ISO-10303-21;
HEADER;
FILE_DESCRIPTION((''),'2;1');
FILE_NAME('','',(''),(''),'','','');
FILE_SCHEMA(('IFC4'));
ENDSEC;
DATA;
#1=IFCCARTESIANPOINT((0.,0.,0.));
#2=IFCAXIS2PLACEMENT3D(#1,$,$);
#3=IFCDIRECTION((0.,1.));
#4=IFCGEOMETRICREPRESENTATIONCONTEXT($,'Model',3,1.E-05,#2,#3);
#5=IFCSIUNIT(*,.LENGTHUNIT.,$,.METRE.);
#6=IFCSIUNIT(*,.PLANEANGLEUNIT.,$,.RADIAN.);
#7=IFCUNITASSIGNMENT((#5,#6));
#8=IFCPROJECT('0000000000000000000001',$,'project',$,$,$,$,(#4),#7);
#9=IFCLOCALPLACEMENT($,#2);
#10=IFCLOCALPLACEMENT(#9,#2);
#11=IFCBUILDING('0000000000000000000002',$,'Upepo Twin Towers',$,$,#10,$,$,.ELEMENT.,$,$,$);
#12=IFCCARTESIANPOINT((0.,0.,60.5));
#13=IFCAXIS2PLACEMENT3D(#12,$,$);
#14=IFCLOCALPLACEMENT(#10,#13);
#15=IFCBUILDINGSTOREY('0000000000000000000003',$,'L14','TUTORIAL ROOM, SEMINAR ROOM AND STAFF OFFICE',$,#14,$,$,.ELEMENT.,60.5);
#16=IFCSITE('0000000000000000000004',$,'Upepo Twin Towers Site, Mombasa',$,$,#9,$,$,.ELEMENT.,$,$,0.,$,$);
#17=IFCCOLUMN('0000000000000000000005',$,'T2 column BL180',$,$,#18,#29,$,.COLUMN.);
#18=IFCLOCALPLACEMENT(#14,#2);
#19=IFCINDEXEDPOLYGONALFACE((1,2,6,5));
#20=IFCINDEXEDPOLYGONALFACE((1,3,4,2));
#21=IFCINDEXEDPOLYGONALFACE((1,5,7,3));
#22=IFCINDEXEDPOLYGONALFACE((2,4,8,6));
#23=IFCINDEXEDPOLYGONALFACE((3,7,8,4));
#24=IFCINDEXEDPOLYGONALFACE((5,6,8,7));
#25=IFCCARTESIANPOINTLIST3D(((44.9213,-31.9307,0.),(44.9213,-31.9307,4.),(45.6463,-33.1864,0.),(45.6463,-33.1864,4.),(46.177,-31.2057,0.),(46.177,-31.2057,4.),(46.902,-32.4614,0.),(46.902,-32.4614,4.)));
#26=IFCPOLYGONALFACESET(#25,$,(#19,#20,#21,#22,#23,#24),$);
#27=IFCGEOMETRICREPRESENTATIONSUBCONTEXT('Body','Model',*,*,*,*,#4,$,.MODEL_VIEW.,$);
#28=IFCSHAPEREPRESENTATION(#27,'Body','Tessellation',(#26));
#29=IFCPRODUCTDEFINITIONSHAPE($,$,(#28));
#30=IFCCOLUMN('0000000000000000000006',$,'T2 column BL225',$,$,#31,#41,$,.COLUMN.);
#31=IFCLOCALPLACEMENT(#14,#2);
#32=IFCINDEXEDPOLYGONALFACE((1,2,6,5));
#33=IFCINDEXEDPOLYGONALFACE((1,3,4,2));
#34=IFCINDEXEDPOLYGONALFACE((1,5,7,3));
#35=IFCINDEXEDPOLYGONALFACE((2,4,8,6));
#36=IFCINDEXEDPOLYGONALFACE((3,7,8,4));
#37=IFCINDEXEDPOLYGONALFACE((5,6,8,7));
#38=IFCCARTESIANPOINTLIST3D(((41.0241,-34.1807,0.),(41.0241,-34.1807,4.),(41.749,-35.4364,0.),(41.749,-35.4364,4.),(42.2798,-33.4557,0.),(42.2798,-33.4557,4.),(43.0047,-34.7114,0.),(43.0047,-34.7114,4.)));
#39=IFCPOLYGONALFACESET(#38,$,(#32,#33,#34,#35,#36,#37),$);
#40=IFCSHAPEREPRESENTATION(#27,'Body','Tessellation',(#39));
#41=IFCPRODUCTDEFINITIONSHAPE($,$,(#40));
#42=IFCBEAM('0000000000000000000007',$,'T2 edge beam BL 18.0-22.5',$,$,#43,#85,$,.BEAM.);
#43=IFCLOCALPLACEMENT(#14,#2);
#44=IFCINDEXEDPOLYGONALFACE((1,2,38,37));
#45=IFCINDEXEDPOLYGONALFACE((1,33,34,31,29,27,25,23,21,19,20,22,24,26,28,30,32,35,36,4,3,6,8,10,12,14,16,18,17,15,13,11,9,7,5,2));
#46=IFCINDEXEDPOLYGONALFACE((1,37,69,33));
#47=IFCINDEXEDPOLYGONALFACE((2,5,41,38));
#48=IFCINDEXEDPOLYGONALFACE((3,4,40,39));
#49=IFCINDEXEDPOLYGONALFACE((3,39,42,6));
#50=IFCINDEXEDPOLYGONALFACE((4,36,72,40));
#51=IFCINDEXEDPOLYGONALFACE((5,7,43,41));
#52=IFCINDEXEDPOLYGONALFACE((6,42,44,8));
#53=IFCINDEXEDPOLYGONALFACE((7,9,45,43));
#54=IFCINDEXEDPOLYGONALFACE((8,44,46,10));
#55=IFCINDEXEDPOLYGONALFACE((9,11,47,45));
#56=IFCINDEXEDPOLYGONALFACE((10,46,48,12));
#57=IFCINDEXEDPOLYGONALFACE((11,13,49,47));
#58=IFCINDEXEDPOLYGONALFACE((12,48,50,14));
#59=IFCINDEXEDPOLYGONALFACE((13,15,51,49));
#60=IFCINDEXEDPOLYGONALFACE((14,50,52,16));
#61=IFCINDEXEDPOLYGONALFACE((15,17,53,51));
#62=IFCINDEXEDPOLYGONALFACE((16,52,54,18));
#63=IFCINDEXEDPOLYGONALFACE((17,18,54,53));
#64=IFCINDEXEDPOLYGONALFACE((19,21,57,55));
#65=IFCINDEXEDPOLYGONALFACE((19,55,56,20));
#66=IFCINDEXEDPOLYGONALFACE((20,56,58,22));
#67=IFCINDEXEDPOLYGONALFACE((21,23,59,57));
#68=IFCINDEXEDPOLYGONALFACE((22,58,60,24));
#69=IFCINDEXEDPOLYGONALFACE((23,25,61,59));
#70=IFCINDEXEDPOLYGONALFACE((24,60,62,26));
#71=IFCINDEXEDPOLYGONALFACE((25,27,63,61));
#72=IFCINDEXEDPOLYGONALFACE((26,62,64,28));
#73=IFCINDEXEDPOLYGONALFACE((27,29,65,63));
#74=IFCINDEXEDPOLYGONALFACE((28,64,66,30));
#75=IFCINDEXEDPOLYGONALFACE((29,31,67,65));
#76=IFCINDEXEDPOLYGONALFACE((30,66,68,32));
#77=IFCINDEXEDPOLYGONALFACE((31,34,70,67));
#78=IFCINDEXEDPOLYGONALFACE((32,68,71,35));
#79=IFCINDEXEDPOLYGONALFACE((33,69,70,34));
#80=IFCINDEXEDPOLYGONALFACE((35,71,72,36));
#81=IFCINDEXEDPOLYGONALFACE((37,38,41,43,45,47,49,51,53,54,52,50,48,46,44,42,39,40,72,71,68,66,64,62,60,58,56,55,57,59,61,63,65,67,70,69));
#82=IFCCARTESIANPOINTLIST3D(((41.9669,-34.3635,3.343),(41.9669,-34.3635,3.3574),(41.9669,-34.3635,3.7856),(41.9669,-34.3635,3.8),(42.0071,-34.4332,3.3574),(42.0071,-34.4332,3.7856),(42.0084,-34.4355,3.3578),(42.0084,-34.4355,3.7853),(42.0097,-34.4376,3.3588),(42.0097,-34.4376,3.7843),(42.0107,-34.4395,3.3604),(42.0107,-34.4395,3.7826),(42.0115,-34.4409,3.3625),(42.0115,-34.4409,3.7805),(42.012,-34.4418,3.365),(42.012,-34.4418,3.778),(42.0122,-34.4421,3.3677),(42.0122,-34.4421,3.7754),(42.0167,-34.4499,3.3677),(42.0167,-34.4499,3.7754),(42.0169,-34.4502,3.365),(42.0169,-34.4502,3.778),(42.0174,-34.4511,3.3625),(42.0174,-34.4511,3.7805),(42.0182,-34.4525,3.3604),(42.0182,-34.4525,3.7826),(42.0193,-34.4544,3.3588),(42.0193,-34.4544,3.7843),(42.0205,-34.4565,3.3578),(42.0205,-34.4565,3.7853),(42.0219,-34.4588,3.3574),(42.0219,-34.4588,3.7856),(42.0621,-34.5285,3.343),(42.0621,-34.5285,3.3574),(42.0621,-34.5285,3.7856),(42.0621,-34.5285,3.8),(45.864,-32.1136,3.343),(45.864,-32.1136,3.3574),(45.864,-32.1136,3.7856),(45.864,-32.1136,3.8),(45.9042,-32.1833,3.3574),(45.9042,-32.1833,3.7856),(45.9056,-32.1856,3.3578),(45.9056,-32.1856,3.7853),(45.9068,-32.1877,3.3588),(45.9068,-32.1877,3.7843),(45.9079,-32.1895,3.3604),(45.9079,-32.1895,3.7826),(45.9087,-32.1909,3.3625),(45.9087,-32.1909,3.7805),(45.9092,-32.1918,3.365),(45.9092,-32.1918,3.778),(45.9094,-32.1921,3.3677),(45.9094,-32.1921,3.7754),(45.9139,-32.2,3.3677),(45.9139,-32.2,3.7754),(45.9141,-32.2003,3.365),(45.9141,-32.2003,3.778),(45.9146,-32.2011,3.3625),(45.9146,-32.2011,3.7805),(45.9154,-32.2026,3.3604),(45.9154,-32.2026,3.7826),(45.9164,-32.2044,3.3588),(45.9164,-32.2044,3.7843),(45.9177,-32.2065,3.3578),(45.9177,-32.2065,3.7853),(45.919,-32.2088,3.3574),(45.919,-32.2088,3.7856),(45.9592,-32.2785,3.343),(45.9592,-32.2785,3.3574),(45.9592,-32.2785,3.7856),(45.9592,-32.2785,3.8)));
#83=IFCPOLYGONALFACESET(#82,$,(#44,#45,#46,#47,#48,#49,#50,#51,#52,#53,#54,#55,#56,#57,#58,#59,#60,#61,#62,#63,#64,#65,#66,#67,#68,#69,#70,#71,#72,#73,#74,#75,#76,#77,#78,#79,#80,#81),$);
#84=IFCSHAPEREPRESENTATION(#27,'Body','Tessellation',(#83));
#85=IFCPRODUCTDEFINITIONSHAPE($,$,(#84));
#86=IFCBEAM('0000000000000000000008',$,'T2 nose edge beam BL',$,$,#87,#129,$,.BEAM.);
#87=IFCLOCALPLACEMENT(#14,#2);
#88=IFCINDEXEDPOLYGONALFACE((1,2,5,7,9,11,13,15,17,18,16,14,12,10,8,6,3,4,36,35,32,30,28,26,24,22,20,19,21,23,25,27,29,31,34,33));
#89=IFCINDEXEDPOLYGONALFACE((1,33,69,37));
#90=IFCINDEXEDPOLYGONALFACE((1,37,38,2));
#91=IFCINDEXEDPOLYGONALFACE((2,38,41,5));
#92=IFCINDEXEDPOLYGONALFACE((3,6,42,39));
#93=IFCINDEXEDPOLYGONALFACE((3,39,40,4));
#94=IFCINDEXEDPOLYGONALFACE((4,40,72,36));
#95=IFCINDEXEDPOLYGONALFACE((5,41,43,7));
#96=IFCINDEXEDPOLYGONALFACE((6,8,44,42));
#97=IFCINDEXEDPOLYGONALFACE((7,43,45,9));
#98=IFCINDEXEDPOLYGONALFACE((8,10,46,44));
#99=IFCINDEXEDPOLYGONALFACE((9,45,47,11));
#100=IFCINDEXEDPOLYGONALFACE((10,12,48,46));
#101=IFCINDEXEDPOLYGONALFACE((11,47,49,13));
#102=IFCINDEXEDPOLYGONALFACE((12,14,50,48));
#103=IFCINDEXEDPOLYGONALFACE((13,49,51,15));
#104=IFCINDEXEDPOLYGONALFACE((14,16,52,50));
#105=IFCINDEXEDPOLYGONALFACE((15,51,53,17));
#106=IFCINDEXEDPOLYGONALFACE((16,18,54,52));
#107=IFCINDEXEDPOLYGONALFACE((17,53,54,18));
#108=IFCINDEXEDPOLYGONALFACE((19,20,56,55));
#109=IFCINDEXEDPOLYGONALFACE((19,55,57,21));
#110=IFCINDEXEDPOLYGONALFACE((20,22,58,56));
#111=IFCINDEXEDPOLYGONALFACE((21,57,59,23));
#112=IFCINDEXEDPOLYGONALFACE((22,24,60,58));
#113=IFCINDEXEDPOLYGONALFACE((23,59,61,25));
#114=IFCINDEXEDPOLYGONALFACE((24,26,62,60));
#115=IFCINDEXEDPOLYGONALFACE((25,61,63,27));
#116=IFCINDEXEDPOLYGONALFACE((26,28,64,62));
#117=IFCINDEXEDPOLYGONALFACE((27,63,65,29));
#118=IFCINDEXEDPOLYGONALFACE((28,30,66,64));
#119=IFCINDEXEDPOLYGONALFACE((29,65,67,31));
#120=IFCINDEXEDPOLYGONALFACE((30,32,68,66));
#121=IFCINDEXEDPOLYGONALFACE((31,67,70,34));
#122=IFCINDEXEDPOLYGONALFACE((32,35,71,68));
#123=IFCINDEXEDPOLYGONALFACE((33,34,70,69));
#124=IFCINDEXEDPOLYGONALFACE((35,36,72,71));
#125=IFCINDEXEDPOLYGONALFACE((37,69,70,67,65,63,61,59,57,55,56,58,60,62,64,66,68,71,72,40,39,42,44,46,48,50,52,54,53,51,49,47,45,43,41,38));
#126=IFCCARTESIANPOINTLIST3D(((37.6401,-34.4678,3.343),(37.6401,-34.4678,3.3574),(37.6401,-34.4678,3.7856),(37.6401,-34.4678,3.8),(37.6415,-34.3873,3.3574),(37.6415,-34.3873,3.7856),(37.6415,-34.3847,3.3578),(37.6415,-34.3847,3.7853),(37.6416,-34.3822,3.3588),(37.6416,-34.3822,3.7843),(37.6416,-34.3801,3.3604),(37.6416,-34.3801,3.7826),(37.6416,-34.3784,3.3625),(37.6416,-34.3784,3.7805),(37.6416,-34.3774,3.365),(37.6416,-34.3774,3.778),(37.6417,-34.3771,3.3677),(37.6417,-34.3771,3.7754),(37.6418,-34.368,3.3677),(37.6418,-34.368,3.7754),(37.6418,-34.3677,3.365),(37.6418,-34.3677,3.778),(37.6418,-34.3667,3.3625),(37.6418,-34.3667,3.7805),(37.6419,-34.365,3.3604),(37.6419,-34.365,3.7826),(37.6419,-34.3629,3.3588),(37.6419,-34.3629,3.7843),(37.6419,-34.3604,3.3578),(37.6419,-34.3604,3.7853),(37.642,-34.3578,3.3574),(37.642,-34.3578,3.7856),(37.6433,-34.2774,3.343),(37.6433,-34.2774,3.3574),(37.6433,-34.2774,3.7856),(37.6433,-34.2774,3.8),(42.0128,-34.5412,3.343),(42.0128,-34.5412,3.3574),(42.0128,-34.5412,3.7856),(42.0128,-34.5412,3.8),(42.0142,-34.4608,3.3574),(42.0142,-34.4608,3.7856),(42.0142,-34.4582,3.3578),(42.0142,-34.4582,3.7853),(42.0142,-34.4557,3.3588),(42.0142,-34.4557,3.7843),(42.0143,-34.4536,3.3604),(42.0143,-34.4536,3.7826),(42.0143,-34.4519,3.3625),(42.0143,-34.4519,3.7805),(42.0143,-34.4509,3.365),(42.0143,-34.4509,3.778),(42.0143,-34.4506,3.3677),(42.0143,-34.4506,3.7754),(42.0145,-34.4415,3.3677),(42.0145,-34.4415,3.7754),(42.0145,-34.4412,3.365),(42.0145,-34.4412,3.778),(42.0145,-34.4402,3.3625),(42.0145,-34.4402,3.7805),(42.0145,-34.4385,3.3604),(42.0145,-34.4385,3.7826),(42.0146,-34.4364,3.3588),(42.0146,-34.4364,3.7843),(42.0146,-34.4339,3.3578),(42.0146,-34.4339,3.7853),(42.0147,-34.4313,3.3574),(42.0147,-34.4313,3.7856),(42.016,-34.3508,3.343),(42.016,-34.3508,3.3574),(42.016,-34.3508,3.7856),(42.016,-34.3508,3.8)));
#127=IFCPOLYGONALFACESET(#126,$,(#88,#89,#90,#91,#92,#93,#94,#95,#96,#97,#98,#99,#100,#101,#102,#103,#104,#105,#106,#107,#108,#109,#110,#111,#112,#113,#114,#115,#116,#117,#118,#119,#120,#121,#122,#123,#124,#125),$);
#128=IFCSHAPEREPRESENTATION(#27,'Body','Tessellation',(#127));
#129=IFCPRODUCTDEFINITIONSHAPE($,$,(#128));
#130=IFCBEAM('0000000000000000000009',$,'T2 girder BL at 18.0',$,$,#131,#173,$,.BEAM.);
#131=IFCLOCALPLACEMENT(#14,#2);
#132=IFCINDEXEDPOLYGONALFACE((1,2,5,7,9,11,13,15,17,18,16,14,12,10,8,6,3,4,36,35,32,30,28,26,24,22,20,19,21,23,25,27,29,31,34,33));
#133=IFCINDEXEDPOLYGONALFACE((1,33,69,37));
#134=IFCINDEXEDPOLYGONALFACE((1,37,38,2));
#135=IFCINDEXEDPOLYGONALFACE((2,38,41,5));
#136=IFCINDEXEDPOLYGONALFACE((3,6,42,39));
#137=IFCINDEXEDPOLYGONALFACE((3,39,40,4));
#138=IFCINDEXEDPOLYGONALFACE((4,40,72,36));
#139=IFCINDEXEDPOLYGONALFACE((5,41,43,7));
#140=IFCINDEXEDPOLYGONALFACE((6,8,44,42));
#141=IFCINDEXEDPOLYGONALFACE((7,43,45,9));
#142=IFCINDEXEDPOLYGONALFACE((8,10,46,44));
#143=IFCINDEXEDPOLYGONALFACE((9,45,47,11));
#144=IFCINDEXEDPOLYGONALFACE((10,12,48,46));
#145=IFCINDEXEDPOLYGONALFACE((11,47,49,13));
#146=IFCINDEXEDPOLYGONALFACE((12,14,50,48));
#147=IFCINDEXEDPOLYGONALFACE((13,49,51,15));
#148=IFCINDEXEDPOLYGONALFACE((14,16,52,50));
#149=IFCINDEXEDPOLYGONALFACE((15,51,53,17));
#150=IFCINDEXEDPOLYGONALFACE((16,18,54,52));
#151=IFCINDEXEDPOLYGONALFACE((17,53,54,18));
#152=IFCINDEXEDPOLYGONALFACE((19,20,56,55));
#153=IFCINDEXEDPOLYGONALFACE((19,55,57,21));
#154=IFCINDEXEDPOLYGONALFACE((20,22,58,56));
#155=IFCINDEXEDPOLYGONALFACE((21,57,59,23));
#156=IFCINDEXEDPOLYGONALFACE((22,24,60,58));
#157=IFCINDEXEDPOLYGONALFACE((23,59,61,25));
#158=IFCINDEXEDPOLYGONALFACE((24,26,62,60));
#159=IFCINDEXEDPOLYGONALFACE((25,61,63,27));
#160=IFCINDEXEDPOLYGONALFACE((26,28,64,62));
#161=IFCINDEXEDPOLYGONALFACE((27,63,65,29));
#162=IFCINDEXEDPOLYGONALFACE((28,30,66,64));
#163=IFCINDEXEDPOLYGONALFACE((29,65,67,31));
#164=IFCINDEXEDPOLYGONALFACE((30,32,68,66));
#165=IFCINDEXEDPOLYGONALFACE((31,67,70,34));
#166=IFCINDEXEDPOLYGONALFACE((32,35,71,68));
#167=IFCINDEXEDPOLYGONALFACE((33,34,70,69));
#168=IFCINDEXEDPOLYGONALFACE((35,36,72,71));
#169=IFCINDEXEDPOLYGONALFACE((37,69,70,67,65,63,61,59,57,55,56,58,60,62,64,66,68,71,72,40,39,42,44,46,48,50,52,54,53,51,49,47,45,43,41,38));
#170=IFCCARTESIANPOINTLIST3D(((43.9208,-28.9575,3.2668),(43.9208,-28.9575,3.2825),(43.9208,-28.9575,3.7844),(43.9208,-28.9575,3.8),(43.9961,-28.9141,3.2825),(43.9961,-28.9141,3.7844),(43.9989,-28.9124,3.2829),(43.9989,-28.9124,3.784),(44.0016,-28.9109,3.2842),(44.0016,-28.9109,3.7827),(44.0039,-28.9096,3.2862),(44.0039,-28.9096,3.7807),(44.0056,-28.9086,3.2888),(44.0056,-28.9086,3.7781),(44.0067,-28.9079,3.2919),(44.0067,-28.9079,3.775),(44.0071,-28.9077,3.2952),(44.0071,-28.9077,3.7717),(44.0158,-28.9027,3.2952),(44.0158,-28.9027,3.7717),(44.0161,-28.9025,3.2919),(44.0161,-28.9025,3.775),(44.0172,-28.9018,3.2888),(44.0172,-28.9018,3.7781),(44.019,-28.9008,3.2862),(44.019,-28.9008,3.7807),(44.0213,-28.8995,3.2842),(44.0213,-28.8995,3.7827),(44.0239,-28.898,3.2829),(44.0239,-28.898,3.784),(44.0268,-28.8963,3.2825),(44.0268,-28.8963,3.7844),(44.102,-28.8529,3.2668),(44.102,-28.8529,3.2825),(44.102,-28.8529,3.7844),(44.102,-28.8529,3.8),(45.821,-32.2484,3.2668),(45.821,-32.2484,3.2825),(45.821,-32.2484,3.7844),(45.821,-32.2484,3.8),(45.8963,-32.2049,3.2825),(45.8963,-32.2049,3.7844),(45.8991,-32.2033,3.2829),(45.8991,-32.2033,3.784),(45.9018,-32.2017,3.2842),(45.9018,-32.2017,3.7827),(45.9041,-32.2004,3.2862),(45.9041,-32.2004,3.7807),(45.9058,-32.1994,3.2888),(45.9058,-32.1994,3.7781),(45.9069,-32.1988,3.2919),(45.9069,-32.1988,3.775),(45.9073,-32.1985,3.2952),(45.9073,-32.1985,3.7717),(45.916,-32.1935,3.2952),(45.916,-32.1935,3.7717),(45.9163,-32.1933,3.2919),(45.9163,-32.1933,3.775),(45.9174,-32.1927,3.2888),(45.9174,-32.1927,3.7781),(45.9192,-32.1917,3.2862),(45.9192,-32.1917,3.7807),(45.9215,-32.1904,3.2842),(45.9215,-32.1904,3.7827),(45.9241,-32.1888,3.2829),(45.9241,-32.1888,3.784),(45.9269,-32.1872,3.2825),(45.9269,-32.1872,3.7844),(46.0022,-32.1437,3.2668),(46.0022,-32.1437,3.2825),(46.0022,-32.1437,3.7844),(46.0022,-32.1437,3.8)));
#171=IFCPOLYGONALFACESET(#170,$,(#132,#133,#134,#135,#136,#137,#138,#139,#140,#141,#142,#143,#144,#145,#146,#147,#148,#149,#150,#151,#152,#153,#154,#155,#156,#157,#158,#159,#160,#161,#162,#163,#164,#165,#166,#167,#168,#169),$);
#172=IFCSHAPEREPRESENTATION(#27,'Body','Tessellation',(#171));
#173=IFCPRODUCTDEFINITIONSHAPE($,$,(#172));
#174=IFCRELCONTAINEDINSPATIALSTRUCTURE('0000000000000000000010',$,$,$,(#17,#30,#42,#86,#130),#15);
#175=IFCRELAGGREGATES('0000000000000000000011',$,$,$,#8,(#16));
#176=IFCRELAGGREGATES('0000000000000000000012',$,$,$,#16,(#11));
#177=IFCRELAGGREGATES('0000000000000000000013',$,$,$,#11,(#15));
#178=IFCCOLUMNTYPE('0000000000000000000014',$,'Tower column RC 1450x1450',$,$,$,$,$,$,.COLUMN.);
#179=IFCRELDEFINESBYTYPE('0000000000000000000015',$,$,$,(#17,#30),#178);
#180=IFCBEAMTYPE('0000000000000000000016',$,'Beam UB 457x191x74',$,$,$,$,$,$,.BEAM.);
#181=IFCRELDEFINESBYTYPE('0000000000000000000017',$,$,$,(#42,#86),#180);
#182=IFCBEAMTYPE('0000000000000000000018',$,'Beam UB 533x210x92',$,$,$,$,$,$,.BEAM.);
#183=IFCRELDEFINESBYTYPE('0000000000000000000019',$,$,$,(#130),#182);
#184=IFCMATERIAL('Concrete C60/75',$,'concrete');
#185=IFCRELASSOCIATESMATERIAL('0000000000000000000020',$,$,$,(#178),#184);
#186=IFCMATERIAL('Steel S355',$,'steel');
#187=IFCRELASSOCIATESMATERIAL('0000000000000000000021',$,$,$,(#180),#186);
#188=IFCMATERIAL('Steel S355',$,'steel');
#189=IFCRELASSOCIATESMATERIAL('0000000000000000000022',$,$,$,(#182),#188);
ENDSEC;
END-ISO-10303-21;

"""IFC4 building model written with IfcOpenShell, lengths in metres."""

from ifc_helpers import new_model, si_unit, direction, frame, origin, origin_2d, place, context, subcontext, project, spatial, rectangle, i_section, extrude, material, material_profile, profile_set, type_object, element, save


model = new_model("IFC4")

# Units and contexts
model_context = context("Model", 3, precision=1e-05, world=origin(), true_north=direction((0.0, 1.0)))
body_context = subcontext(model_context, "Body", "Model", "MODEL_VIEW")
ifc_project = project(units=[si_unit("LENGTHUNIT", "METRE"), si_unit("PLANEANGLEUNIT", "RADIAN")], contexts=[model_context])

# Site, building, storey
site_placement = place(None, origin())
site = spatial("IfcSite", under=ifc_project, at=site_placement, Name="Upepo Twin Towers Site, Mombasa", CompositionType="ELEMENT", RefElevation=0.0)
building_placement = place(site_placement, origin())
building = spatial("IfcBuilding", under=site, at=building_placement, Name="Upepo Twin Towers", CompositionType="ELEMENT")
storey_placement = place(building_placement, frame((0.0, 0.0, 60.5)))
storey = spatial("IfcBuildingStorey", under=building, at=storey_placement, Name="L14", Description="TUTORIAL ROOM, SEMINAR ROOM AND STAFF OFFICE", CompositionType="ELEMENT", Elevation=60.5)

# Columns
ifc_material_1 = material(Name="Concrete C60/75", Category="concrete")
ifc_material_profile_1 = material_profile(ifc_material_1, rectangle(XDim=1.45, YDim=1.45, at=origin_2d()), Name="RC 1450x1450")
ifc_profile_set_1 = profile_set([ifc_material_profile_1], Name="Concrete C60/75")
column_type = type_object("IfcColumnType", Name="Tower column RC 1450x1450", PredefinedType="COLUMN", material=ifc_profile_set_1)
for number, where, z_axis, x_axis, name in (
    (1, (45.9116, -32.196, 0.0), (0.0, 0.0, 1.0), (0.866025, 0.5, 0.0), "T2 column BL180"),
    (2, (42.0144, -34.446, 0.0), (0.0, 0.0, 1.0), (0.866025, 0.5, 0.0), "T2 column BL225"),
):
    element("IfcColumn", number, at=place(storey_placement, frame(where, z_axis=z_axis, x_axis=x_axis)), inside=storey, type_object=column_type, Name=name, PredefinedType="COLUMN", context=body_context, shape_type="SweptSolid", body=[
        extrude(rectangle(XDim=1.45, YDim=1.45, at=origin_2d()), origin(), (0.0, 0.0, 1.0), 4.0),
    ])

# Beams
ifc_material_2 = material(Name="Steel S355", Category="steel")
ifc_material_profile_2 = material_profile(ifc_material_2, i_section(OverallWidth=0.1904, OverallDepth=0.457, WebThickness=0.009, FlangeThickness=0.0144, FilletRadius=0.0103, at=origin_2d()), Name="UB 457x191x74")
ifc_profile_set_2 = profile_set([ifc_material_profile_2], Name="Steel S355")
beam_type_1 = type_object("IfcBeamType", Name="Beam UB 457x191x74", PredefinedType="BEAM", material=ifc_profile_set_2)
beam_1_placement = place(storey_placement, frame((45.9116, -32.196, 3.5715), z_axis=(-0.866031, -0.49999, 0.0), x_axis=(0.49999, -0.866031, 0.0)))
element("IfcBeam", 3, at=beam_1_placement, inside=storey, type_object=beam_type_1, Name="T2 edge beam BL 18.0-22.5", PredefinedType="BEAM", context=body_context, shape_type="SweptSolid", body=[
    extrude(i_section(OverallWidth=0.1904, OverallDepth=0.457, WebThickness=0.009, FlangeThickness=0.0144, FilletRadius=0.0103, at=origin_2d()), origin(), (0.0, 0.0, 1.0), 4.5),
])
beam_2_placement = place(storey_placement, frame((42.0144, -34.446, 3.5715), z_axis=(-0.999859, 0.016804, 0.0), x_axis=(-0.016804, -0.999859, 0.0)))
element("IfcBeam", 4, at=beam_2_placement, inside=storey, type_object=beam_type_1, Name="T2 nose edge beam BL", PredefinedType="BEAM", context=body_context, shape_type="SweptSolid", body=[
    extrude(i_section(OverallWidth=0.1904, OverallDepth=0.457, WebThickness=0.009, FlangeThickness=0.0144, FilletRadius=0.0103, at=origin_2d()), origin(), (0.0, 0.0, 1.0), 4.3733),
])
ifc_material_3 = material(Name="Steel S355", Category="steel")
ifc_material_profile_3 = material_profile(ifc_material_3, i_section(OverallWidth=0.2092, OverallDepth=0.5332, WebThickness=0.01, FlangeThickness=0.0156, FilletRadius=0.0127, at=origin_2d()), Name="UB 533x210x92")
ifc_profile_set_3 = profile_set([ifc_material_profile_3], Name="Steel S355")
beam_type_2 = type_object("IfcBeamType", Name="Beam UB 533x210x92", PredefinedType="BEAM", material=ifc_profile_set_3)
beam_3_placement = place(storey_placement, frame((45.9116, -32.196, 3.5334), z_axis=(-0.500043, 0.866, 0.0), x_axis=(-0.866, -0.500043, 0.0)))
element("IfcBeam", 5, at=beam_3_placement, inside=storey, type_object=beam_type_2, Name="T2 girder BL at 18.0", PredefinedType="BEAM", context=body_context, shape_type="SweptSolid", body=[
    extrude(i_section(OverallWidth=0.2092, OverallDepth=0.5332, WebThickness=0.01, FlangeThickness=0.0156, FilletRadius=0.0127, at=origin_2d()), origin(), (0.0, 0.0, 1.0), 3.8),
])

save(model, "model.ifc")
